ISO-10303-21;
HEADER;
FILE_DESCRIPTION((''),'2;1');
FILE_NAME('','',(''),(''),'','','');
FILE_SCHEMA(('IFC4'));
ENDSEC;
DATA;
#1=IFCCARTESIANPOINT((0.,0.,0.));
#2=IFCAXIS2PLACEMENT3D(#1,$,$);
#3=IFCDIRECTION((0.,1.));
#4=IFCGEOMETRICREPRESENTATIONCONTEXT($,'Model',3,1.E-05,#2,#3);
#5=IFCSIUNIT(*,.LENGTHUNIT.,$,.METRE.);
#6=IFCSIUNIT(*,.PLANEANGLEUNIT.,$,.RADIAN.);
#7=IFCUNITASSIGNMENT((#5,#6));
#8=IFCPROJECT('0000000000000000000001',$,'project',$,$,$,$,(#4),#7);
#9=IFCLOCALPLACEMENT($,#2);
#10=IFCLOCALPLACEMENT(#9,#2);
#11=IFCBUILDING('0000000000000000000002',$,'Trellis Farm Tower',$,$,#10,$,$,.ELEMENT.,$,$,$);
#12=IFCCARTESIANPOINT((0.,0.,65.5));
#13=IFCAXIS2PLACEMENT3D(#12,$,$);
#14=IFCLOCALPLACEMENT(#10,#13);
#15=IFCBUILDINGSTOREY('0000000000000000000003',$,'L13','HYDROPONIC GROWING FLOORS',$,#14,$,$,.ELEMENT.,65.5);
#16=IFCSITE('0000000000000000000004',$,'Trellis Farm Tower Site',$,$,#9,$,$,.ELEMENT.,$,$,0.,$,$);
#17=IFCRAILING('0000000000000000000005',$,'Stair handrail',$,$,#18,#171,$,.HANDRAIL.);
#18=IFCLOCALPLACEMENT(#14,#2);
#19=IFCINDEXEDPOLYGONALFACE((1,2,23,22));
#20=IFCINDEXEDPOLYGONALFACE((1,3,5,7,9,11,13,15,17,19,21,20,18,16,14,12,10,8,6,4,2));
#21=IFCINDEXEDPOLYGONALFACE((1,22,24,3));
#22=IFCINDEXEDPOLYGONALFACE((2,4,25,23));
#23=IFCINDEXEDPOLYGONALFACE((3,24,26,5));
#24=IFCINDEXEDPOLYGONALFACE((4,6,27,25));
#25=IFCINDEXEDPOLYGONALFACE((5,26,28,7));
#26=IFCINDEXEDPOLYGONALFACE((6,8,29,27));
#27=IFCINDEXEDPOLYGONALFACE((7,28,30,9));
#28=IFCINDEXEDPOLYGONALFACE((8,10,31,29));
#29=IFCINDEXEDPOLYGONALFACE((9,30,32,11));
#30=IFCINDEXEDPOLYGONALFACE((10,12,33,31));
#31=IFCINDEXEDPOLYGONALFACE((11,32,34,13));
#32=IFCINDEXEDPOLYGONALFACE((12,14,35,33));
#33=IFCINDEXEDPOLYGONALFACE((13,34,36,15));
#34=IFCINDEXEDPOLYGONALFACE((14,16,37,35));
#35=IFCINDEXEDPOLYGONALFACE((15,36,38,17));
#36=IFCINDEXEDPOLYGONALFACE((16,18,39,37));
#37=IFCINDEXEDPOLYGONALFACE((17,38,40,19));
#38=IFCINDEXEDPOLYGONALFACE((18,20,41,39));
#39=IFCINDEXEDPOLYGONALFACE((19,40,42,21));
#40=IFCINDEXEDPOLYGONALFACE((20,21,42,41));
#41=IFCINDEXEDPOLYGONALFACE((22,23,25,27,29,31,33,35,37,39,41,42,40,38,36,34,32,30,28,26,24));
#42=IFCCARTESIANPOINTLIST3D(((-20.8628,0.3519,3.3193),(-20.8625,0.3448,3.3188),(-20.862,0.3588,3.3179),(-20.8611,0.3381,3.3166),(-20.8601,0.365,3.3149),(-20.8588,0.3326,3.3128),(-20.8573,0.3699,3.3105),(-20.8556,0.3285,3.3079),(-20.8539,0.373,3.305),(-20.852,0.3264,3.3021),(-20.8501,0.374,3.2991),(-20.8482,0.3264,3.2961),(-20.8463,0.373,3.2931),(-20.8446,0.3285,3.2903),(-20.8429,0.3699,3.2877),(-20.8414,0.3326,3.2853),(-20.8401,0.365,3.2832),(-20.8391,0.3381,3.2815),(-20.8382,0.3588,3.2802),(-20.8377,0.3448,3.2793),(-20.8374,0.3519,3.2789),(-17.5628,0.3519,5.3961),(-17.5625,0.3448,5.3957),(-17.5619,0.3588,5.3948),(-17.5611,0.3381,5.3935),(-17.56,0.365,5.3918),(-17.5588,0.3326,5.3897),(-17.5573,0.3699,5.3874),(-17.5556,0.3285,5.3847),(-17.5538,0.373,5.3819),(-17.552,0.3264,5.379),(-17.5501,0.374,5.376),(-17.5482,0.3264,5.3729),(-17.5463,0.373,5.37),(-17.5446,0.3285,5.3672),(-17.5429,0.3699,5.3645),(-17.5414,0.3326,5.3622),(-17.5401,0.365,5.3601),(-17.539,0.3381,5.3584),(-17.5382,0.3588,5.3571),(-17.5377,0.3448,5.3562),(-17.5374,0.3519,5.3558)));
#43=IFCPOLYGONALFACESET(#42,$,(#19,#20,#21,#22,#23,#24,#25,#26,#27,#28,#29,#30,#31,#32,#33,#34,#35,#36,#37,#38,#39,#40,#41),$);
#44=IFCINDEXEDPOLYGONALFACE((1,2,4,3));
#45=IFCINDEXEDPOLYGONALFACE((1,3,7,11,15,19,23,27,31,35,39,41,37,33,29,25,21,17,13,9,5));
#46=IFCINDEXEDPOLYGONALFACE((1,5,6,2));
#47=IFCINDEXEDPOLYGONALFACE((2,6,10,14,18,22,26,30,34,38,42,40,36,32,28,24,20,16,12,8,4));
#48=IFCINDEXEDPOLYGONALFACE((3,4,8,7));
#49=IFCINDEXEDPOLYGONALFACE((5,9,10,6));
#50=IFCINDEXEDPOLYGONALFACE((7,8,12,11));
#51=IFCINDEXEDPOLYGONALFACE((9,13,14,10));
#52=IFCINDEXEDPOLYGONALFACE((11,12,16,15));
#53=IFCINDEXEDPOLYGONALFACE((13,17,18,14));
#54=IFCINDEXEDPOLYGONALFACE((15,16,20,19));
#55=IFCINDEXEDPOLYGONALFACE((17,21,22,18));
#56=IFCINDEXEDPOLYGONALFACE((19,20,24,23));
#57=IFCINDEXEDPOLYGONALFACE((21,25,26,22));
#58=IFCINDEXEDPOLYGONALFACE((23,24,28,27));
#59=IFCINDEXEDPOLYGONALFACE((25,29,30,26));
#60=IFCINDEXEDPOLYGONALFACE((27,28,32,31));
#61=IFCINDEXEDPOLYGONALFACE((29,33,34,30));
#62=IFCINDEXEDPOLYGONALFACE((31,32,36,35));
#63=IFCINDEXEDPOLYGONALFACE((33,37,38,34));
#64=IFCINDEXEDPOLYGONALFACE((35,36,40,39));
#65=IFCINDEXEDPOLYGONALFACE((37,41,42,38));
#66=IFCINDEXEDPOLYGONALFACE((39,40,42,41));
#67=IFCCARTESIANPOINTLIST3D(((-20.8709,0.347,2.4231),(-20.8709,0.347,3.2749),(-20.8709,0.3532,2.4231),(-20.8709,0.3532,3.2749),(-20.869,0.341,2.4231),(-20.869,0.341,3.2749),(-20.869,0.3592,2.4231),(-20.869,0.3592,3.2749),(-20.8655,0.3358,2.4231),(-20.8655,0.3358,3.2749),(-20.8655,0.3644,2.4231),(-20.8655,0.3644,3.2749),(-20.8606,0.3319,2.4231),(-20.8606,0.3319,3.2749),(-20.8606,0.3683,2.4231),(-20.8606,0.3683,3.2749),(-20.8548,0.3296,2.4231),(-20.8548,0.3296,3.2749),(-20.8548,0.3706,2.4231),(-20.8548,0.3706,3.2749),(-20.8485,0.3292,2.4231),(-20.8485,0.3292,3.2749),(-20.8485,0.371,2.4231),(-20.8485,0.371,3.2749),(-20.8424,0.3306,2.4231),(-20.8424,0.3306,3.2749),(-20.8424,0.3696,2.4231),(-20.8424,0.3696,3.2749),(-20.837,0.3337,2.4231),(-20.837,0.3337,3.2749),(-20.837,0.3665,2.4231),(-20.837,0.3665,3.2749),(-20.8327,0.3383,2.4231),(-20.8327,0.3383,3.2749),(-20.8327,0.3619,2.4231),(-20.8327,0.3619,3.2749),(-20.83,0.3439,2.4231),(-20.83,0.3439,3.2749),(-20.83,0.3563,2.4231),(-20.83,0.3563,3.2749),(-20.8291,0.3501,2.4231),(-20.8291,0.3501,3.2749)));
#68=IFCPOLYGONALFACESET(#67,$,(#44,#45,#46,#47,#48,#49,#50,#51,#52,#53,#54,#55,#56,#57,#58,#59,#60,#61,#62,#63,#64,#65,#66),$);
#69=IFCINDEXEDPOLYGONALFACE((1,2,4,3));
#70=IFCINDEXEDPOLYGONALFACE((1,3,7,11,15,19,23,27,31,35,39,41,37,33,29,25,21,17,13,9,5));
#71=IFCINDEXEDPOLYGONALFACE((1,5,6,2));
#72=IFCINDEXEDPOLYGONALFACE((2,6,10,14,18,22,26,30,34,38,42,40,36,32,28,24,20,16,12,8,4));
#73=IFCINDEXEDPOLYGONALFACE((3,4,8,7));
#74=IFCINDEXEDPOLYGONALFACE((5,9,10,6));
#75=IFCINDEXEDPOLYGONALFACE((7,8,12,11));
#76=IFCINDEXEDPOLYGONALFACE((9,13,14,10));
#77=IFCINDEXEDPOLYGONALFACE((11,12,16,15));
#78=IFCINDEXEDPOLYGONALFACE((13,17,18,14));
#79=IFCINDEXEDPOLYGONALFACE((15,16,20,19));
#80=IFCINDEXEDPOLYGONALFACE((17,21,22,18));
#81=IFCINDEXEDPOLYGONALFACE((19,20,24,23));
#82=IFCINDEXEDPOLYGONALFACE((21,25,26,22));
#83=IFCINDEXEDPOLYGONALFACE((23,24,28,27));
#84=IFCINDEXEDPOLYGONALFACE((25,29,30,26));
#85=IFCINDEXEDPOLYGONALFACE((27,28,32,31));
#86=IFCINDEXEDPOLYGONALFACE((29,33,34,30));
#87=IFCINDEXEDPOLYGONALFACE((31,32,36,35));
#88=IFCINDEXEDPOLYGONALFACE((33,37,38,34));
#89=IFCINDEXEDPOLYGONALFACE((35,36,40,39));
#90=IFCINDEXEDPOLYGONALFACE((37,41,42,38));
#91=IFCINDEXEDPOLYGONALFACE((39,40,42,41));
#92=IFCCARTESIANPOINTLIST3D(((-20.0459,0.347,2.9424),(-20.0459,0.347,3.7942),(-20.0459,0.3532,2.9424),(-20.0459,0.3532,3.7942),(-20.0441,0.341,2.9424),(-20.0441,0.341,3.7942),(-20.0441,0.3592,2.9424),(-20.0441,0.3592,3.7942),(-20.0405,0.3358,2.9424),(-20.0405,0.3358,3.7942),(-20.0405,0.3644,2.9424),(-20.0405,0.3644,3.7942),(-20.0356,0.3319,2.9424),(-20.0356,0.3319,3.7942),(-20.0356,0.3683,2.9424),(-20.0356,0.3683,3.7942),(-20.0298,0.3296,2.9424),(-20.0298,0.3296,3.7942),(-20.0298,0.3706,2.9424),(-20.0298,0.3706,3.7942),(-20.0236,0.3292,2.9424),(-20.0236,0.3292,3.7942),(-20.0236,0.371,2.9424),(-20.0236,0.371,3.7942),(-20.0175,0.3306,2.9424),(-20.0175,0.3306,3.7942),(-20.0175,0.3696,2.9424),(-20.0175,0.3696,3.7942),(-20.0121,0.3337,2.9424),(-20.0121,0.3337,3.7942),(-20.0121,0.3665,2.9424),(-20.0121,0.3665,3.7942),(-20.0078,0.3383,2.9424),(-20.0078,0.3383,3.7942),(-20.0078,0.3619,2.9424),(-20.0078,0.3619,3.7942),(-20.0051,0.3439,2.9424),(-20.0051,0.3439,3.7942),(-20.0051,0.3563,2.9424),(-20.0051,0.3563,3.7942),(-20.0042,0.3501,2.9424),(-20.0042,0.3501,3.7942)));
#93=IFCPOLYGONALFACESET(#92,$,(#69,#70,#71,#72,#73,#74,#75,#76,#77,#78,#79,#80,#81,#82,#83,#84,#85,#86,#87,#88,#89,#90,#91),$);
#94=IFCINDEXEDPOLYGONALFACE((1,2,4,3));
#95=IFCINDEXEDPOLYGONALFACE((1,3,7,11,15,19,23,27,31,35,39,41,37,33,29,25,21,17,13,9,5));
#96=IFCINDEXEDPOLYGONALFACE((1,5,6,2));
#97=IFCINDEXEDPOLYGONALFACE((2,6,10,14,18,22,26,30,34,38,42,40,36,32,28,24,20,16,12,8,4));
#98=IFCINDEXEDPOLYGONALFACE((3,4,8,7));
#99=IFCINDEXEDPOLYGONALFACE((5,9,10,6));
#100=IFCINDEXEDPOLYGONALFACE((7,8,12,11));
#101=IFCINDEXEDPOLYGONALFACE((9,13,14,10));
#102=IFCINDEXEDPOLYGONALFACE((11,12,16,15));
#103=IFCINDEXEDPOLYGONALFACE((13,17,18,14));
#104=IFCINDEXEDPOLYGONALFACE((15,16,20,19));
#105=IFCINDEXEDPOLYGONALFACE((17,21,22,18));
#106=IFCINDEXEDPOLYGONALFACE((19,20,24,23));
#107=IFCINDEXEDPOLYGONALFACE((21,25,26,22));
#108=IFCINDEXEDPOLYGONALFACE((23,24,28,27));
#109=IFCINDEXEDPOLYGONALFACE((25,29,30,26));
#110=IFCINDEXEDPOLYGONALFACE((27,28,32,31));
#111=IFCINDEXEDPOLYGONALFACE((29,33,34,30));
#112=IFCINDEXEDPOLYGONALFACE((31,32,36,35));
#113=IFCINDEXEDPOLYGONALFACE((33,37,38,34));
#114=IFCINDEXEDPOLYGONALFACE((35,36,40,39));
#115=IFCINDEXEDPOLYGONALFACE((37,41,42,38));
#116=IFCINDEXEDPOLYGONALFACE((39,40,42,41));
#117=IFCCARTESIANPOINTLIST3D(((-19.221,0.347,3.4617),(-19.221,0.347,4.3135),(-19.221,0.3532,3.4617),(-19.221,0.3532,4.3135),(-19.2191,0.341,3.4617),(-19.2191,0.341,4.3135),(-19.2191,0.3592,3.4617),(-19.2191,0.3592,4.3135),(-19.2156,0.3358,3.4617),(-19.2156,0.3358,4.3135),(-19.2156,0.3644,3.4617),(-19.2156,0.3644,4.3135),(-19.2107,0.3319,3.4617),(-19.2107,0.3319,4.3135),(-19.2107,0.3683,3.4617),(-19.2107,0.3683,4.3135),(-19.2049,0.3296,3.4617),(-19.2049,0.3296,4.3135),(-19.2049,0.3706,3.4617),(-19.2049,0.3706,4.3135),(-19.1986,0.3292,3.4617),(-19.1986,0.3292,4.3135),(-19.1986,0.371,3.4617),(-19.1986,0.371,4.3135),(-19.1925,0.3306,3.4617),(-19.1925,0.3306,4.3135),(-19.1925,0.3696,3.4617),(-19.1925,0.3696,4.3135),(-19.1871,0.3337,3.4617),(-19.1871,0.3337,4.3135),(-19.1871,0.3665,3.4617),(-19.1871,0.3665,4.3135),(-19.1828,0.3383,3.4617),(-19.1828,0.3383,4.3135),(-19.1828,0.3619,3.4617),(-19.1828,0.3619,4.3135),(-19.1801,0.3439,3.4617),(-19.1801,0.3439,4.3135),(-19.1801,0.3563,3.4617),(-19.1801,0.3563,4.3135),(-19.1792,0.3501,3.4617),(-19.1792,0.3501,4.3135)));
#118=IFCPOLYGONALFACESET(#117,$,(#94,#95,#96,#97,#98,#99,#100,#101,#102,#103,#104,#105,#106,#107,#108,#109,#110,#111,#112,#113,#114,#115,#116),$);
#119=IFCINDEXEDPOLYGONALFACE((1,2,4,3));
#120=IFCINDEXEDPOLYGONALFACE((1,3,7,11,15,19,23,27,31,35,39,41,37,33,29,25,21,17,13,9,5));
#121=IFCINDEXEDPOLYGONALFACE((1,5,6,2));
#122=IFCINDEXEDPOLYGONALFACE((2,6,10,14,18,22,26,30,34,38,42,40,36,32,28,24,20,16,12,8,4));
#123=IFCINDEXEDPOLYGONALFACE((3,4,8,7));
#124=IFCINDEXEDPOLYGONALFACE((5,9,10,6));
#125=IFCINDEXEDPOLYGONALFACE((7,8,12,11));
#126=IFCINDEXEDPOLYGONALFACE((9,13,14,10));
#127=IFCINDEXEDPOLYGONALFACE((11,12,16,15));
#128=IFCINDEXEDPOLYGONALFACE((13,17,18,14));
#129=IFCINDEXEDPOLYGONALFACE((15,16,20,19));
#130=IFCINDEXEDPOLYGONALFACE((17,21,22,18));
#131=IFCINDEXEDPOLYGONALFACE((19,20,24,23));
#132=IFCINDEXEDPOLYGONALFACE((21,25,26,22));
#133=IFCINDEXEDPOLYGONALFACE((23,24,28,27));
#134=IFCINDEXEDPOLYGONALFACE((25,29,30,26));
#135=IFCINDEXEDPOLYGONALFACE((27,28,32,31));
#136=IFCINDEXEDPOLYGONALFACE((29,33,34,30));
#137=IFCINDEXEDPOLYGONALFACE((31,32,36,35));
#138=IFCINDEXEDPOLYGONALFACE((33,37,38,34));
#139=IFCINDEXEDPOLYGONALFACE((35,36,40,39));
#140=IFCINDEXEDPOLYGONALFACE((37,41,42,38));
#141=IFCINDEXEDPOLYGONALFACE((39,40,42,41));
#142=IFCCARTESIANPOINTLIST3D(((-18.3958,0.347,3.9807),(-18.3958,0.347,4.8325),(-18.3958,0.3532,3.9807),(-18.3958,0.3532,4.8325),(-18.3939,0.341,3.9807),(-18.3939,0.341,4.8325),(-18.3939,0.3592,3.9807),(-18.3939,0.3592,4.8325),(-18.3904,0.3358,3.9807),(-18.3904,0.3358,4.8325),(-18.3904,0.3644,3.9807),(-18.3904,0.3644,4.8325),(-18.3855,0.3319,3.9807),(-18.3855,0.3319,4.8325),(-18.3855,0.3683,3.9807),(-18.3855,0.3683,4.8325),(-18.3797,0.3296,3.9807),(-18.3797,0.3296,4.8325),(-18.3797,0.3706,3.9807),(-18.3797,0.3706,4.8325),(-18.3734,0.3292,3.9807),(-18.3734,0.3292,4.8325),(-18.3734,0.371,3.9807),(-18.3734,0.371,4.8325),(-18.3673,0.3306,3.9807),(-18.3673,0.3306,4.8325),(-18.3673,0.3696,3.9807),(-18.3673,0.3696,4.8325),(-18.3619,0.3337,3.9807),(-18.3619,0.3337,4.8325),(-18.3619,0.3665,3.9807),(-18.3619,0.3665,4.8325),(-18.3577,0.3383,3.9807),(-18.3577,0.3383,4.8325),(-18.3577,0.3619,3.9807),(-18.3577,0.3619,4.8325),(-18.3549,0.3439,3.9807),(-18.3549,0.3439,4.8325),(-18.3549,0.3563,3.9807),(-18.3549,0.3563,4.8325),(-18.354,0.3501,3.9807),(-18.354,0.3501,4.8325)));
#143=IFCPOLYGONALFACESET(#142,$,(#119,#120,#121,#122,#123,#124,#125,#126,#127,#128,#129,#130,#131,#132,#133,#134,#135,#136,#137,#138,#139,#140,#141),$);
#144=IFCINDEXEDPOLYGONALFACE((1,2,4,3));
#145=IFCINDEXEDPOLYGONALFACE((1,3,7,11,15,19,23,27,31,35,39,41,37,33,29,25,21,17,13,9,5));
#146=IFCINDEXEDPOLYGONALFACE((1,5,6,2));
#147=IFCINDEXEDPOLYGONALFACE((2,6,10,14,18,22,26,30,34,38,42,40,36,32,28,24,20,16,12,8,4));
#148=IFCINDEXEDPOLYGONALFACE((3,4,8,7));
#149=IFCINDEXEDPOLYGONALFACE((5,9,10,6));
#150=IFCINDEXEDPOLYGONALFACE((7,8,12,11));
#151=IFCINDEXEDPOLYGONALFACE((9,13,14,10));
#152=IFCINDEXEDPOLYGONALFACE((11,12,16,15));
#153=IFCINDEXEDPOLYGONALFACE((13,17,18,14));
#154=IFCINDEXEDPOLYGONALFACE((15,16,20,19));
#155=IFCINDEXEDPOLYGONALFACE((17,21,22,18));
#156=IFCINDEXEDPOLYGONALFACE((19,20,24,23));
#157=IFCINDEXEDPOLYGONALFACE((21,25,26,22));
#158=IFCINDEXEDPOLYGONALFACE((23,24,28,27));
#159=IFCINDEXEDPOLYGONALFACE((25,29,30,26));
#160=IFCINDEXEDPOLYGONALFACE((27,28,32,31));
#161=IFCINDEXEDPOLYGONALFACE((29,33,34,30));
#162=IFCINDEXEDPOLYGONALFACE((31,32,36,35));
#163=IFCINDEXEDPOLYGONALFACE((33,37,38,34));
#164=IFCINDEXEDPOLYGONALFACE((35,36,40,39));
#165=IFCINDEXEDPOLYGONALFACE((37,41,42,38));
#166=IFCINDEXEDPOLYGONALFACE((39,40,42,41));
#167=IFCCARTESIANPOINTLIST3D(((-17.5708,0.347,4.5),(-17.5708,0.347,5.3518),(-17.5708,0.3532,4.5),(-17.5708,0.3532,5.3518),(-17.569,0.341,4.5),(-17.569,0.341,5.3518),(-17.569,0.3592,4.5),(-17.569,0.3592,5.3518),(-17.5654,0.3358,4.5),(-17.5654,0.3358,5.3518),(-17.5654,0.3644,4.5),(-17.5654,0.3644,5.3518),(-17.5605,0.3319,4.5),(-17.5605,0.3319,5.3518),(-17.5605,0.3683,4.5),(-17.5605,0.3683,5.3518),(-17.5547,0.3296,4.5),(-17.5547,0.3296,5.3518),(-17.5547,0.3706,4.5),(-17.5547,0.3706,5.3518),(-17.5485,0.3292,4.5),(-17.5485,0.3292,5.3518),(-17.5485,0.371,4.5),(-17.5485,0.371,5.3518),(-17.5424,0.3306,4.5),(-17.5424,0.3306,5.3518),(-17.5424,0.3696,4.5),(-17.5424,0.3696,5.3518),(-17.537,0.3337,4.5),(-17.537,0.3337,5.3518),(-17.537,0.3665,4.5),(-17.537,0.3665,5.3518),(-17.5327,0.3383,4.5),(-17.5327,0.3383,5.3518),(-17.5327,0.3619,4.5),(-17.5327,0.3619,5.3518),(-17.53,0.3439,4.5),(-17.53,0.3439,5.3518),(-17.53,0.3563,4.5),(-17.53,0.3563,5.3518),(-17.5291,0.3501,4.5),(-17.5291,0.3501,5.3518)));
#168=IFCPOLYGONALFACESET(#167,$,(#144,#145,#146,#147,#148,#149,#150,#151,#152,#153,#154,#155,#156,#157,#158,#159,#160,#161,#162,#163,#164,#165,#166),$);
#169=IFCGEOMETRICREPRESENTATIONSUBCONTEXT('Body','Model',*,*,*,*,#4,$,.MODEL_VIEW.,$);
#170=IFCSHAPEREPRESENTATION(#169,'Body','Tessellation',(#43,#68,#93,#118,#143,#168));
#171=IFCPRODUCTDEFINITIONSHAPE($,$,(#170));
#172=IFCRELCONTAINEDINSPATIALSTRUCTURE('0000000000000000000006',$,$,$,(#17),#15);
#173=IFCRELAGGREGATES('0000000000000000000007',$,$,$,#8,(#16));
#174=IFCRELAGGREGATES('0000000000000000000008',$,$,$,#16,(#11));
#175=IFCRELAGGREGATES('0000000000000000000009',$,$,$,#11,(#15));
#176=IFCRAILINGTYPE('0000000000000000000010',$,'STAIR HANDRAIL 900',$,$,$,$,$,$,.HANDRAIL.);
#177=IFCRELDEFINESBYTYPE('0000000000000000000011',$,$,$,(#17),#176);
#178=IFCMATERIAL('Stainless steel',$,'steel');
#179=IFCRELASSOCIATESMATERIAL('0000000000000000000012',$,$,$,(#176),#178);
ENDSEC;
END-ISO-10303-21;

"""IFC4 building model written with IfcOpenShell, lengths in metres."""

from ifc_helpers import new_model, si_unit, direction, frame, origin, origin_2d, place, context, subcontext, project, spatial, circle, extrude, source, transform, mapped, material, type_object, element, save


model = new_model("IFC4")

# Units and contexts
model_context = context("Model", 3, precision=1e-05, world=origin(), true_north=direction((0.0, 1.0)))
body_context = subcontext(model_context, "Body", "Model", "MODEL_VIEW")
ifc_project = project(units=[si_unit("LENGTHUNIT", "METRE"), si_unit("PLANEANGLEUNIT", "RADIAN")], contexts=[model_context])

# Site, building, storey
site_placement = place(None, origin())
site = spatial("IfcSite", under=ifc_project, at=site_placement, Name="Trellis Farm Tower Site", CompositionType="ELEMENT", RefElevation=0.0)
building_placement = place(site_placement, origin())
building = spatial("IfcBuilding", under=site, at=building_placement, Name="Trellis Farm Tower", CompositionType="ELEMENT")
storey_placement = place(building_placement, frame((0.0, 0.0, 65.5)))
storey = spatial("IfcBuildingStorey", under=building, at=storey_placement, Name="L13", Description="HYDROPONIC GROWING FLOORS", CompositionType="ELEMENT", Elevation=65.5)

# Railing
ifc_material_1 = material(Name="Stainless steel", Category="steel")
railing_type = type_object("IfcRailingType", Name="STAIR HANDRAIL 900", PredefinedType="HANDRAIL", material=ifc_material_1)
shared_shape_1 = source(origin(), body_context, "Body", "SweptSolid", [
    extrude(circle(Radius=0.0239, at=origin_2d()), frame((0.0, 0.0, 0.876), z_axis=(0.846337, 0.0, 0.532647), x_axis=(0.0, 1.0, 0.0)), (0.0, 0.0, 1.0), 3.8992),
    extrude(circle(Radius=0.021, at=origin_2d()), origin(), (0.0, 0.0, 1.0), 0.8518),
    extrude(circle(Radius=0.021, at=origin_2d()), frame((0.825, 0.0, 0.5193)), (0.0, 0.0, 1.0), 0.8518),
    extrude(circle(Radius=0.021, at=origin_2d()), frame((1.6499, 0.0, 1.0386)), (0.0, 0.0, 1.0), 0.8518),
    extrude(circle(Radius=0.021, at=origin_2d()), frame((2.4751, 0.0, 1.5576)), (0.0, 0.0, 1.0), 0.8518),
    extrude(circle(Radius=0.021, at=origin_2d()), frame((3.3, 0.0, 2.0769)), (0.0, 0.0, 1.0), 0.8518),
])
for number, where, name in (
    (1, (-20.8501, 0.3501, 2.4231), "Stair handrail"),
):
    element("IfcRailing", number, at=place(storey_placement, frame(where)), inside=storey, type_object=railing_type, Name=name, PredefinedType="HANDRAIL", context=body_context, shape_type="MappedRepresentation", body=[
        mapped(shared_shape_1, transform((0.0, 0.0, 0.0))),
    ])

save(model, "model.ifc")
